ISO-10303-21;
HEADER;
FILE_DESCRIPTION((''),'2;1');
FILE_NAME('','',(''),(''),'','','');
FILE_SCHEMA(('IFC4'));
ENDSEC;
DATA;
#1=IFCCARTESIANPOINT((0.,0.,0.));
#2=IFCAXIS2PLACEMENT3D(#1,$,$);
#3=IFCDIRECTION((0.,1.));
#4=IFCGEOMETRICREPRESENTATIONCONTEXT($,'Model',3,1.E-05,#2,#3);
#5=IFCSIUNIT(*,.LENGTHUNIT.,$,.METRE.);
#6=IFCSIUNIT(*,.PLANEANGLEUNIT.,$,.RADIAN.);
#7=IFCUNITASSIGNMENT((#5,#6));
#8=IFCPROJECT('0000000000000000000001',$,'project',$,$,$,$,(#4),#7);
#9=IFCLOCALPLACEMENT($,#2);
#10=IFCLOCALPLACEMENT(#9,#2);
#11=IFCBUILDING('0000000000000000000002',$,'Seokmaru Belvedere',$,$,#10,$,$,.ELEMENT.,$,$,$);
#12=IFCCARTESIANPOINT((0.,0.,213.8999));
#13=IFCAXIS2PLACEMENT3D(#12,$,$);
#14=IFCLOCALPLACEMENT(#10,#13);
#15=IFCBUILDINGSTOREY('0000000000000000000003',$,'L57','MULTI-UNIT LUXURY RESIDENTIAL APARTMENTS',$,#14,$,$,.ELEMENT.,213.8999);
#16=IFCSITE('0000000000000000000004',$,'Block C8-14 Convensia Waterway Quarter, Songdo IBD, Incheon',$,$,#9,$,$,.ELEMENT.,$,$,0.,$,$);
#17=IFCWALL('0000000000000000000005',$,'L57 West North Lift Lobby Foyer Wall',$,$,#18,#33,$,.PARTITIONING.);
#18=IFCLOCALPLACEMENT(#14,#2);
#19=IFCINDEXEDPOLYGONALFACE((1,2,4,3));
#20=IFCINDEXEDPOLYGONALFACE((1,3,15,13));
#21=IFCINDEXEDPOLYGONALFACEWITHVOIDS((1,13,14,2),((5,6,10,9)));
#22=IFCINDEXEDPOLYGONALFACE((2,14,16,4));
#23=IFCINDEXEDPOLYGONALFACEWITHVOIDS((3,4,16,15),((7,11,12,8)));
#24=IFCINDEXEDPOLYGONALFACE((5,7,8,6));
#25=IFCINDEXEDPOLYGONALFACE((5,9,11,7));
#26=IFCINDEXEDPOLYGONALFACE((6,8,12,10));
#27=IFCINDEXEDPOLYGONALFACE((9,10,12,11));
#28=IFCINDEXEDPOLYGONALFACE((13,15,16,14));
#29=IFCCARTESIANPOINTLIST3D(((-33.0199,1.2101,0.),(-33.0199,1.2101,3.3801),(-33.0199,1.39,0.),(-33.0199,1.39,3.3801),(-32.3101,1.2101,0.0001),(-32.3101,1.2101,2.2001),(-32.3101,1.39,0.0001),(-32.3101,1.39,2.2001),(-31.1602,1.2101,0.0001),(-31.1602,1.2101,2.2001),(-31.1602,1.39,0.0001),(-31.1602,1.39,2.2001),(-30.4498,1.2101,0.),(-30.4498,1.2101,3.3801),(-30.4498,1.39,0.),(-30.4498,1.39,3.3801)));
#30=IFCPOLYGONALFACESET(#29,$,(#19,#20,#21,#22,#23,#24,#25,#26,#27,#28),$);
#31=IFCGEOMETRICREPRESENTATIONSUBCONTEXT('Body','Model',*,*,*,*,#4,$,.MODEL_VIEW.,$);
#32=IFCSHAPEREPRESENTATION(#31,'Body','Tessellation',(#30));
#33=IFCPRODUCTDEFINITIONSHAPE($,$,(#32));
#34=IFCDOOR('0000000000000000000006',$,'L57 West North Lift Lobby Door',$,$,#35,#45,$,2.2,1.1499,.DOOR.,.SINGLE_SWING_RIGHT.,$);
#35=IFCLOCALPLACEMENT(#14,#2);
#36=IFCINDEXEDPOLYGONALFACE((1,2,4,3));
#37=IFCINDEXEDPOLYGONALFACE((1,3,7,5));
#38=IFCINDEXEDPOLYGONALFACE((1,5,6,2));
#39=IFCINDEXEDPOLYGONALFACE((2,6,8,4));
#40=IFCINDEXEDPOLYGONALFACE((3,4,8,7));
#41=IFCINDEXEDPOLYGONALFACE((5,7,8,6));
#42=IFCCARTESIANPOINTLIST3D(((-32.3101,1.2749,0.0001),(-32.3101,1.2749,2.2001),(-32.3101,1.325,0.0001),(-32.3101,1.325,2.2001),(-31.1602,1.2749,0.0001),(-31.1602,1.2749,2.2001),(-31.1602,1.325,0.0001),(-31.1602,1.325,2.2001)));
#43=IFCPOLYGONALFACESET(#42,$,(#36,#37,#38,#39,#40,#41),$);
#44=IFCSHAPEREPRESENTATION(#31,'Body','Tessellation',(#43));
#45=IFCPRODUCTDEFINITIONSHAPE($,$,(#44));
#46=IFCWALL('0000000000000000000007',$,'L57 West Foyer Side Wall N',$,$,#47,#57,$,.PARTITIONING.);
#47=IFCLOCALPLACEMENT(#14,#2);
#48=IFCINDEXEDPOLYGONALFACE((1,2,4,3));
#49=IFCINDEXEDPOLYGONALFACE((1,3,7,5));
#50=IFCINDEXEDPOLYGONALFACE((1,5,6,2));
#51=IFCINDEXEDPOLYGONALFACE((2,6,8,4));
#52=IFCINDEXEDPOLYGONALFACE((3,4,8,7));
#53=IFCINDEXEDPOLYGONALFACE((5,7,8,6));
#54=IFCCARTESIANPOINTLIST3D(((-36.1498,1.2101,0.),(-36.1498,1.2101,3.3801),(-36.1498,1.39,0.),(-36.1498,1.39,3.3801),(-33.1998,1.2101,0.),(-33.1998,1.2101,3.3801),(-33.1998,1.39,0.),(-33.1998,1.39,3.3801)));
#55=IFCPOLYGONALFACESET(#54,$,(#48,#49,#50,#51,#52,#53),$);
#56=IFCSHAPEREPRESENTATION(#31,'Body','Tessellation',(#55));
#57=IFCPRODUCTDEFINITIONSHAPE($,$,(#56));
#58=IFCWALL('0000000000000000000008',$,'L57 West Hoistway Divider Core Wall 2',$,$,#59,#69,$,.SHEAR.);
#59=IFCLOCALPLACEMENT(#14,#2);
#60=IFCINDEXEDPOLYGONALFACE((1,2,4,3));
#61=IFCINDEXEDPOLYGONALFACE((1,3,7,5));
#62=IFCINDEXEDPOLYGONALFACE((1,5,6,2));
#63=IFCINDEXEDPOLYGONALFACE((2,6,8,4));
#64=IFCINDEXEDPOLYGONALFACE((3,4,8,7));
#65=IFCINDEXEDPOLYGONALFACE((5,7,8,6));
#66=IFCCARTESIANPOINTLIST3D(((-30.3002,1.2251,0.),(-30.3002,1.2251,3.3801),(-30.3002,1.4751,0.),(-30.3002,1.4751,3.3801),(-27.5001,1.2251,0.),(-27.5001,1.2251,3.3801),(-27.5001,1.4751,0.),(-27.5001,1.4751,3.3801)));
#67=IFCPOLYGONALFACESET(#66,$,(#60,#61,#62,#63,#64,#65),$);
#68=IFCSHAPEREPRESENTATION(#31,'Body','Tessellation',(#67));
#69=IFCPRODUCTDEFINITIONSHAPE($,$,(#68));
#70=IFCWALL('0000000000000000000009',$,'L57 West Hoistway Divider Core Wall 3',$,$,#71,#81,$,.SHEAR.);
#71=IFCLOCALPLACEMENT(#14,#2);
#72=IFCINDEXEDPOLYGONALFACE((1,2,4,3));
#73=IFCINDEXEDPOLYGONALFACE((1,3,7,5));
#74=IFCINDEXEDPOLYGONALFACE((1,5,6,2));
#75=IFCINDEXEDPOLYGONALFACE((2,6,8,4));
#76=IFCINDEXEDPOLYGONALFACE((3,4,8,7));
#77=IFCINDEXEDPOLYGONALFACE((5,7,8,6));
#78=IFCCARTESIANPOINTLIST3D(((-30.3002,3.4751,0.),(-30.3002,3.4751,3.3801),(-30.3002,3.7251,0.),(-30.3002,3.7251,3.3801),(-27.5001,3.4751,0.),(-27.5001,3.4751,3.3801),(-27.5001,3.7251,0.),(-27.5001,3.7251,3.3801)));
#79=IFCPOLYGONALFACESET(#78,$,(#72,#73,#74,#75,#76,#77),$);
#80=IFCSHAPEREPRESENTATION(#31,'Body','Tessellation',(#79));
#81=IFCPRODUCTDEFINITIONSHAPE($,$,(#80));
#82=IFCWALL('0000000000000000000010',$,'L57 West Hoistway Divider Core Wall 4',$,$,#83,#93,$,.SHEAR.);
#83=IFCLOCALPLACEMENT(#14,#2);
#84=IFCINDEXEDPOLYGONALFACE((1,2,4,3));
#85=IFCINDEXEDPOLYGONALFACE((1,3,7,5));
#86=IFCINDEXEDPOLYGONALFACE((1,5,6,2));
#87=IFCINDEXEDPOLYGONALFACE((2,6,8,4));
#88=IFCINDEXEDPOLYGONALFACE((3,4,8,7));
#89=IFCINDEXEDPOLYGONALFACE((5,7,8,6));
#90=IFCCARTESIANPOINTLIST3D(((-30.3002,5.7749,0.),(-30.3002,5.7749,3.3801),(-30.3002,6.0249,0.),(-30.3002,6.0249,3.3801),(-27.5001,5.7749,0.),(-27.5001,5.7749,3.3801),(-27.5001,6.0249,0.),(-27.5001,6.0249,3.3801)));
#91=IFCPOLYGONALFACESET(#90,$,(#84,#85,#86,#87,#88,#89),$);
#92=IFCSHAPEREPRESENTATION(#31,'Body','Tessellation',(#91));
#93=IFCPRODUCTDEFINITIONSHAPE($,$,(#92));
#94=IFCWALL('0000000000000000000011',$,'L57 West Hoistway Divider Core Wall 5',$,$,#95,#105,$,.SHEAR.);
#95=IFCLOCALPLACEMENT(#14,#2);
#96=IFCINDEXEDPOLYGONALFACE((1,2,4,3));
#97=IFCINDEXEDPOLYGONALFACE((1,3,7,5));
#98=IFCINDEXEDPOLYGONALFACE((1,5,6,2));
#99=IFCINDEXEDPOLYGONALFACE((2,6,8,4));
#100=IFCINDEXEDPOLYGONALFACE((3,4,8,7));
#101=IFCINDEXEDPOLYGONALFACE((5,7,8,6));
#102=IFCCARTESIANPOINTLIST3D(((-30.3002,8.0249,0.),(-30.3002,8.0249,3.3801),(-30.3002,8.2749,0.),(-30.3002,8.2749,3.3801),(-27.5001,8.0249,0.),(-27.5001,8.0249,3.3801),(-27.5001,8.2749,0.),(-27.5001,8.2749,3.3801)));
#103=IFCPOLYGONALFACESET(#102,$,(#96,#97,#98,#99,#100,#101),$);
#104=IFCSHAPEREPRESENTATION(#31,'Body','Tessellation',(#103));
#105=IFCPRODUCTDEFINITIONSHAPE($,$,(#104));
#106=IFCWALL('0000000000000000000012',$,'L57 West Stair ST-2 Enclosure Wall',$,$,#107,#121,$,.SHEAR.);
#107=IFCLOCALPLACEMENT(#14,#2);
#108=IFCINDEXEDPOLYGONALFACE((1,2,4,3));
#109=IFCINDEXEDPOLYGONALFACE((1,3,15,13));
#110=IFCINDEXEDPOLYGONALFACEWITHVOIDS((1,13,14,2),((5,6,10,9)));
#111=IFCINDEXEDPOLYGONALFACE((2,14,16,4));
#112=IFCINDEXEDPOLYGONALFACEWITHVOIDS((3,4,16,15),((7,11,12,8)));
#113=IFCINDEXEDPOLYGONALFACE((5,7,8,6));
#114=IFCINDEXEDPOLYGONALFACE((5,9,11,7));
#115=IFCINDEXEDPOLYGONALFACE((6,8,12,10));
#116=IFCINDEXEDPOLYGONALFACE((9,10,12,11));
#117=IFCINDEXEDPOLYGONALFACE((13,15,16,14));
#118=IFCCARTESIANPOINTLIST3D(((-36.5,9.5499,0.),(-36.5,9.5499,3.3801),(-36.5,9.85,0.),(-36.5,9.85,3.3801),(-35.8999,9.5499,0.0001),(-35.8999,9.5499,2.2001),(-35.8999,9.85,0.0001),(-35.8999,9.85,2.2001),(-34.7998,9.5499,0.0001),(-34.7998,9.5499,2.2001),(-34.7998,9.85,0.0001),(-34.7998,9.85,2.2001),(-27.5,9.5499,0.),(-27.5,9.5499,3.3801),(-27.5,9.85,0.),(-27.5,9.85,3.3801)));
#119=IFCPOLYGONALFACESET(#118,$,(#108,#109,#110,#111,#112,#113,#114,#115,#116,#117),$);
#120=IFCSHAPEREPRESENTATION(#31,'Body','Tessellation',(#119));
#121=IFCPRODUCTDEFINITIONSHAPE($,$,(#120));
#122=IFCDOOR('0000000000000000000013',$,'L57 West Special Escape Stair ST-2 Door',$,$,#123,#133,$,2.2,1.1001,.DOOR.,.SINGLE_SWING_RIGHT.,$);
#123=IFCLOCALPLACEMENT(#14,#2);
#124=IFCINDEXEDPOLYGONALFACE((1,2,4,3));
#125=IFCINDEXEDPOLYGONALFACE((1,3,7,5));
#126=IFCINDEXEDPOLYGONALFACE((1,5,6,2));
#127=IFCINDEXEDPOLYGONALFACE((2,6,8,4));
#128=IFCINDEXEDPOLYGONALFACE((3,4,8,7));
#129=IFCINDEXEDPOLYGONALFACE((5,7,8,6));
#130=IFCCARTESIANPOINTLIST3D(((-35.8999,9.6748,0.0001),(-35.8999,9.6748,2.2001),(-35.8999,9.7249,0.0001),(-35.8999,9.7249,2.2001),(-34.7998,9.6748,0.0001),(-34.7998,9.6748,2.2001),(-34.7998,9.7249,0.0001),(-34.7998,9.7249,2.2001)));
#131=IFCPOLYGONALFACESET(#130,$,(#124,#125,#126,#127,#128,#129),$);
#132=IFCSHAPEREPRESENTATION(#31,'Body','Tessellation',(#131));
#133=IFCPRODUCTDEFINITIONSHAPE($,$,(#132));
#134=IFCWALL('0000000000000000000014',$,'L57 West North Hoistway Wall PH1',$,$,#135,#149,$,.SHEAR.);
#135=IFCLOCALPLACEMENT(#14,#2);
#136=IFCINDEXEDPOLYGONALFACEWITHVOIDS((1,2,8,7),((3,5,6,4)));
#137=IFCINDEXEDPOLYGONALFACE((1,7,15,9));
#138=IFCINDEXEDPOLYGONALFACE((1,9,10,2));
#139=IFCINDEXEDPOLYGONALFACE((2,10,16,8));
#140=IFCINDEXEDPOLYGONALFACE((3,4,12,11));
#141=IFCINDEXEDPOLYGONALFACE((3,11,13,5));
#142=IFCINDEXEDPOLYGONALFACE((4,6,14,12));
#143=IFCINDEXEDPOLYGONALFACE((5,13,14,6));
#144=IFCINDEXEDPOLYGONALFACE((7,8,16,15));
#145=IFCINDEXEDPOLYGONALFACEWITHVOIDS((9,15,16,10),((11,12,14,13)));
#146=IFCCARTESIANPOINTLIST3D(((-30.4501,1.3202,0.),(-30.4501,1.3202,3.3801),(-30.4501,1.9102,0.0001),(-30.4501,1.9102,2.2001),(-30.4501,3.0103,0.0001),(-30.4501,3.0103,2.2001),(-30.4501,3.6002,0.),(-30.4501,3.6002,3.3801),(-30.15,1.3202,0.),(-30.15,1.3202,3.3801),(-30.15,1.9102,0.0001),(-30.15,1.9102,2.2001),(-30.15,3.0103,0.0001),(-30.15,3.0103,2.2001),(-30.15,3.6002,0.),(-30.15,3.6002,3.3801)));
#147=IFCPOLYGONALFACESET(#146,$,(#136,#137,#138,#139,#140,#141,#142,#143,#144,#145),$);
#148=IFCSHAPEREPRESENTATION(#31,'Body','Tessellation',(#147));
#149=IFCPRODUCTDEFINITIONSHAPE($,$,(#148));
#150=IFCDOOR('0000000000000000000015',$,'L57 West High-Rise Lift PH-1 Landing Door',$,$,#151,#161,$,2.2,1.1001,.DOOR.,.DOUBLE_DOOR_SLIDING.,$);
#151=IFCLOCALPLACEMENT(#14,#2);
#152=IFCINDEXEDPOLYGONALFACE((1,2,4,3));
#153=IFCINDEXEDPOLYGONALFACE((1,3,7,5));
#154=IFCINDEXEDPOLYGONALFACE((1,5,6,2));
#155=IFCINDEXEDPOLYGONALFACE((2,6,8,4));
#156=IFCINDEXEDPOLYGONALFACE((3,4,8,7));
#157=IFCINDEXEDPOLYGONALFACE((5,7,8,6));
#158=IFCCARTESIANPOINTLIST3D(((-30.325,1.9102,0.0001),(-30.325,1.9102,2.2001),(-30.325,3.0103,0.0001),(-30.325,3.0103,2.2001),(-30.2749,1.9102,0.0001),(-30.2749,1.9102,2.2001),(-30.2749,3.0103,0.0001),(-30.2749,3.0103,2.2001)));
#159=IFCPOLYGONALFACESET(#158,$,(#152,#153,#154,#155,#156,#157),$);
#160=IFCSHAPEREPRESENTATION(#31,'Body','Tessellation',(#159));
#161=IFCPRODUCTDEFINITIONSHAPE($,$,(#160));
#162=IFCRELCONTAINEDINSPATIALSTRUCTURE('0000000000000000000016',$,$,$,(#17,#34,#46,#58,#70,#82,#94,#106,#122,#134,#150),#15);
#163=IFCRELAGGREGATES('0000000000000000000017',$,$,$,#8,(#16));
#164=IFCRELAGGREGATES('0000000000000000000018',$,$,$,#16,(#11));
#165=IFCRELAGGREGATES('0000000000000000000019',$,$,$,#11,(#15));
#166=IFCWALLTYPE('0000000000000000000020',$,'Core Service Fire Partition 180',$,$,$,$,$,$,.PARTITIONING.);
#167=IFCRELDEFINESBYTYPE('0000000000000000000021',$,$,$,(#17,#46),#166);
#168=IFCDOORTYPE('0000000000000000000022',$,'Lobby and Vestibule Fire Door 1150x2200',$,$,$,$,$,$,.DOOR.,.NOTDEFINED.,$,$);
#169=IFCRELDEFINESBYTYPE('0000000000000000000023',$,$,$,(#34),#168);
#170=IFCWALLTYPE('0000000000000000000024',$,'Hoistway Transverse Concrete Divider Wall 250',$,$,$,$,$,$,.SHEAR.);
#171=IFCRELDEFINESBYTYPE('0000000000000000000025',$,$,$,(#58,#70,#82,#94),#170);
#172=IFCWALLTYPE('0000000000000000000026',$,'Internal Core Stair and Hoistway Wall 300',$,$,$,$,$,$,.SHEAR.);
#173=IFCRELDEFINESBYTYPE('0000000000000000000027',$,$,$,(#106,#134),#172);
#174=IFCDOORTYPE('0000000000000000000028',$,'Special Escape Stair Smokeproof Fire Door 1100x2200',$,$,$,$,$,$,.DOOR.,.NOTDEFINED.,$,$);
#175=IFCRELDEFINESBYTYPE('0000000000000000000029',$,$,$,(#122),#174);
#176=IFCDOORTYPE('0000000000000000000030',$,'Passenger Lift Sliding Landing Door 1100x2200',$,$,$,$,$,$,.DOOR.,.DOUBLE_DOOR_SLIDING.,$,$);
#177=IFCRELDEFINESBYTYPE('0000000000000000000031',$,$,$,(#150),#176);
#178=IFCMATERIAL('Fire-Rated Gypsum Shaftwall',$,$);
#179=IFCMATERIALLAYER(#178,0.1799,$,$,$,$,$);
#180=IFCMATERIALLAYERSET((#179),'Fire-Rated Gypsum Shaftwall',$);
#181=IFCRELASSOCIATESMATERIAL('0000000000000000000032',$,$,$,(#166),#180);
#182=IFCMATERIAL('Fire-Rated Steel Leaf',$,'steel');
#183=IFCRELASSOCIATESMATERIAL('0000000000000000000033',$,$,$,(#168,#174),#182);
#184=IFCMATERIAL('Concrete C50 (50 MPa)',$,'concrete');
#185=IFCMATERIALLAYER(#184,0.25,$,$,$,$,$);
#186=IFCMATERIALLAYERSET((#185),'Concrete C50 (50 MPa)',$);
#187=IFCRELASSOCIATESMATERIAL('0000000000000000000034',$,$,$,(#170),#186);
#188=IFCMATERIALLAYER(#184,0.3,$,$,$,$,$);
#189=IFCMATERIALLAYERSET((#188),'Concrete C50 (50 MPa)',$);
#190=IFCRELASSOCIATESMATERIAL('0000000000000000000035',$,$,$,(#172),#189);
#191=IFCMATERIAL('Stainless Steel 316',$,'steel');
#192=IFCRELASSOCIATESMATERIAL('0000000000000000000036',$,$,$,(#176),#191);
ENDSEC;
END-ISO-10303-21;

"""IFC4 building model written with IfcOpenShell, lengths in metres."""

from ifc_helpers import new_model, si_unit, direction, frame, frame_2d, origin, place, context, subcontext, project, spatial, rectangle, extrude, source, transform, mapped, material, layer, layer_set, type_object, type_shapes, element, fill, save


model = new_model("IFC4")

# Units and contexts
model_context = context("Model", 3, precision=1e-05, world=origin(), true_north=direction((0.0, 1.0)))
body_context = subcontext(model_context, "Body", "Model", "MODEL_VIEW")
ifc_project = project(units=[si_unit("LENGTHUNIT", "METRE"), si_unit("PLANEANGLEUNIT", "RADIAN")], contexts=[model_context])

# Site, building, storey
site_placement = place(None, origin())
site = spatial("IfcSite", under=ifc_project, at=site_placement, Name="Block C8-14 Convensia Waterway Quarter, Songdo IBD, Incheon", CompositionType="ELEMENT", RefElevation=0.0)
building_placement = place(site_placement, origin())
building = spatial("IfcBuilding", under=site, at=building_placement, Name="Seokmaru Belvedere", CompositionType="ELEMENT")
storey_placement = place(building_placement, frame((0.0, 0.0, 213.8999)))
storey = spatial("IfcBuildingStorey", under=building, at=storey_placement, Name="L57", Description="MULTI-UNIT LUXURY RESIDENTIAL APARTMENTS", CompositionType="ELEMENT", Elevation=213.8999)

# Shared definitions
ifc_material_1 = material(Name="Fire-Rated Gypsum Shaftwall")
ifc_layer_1 = layer(ifc_material_1, 0.1799)
ifc_layer_set_1 = layer_set([ifc_layer_1], Name="Fire-Rated Gypsum Shaftwall")
wall_type_1 = type_object("IfcWallType", Name="Core Service Fire Partition 180", PredefinedType="PARTITIONING", material=ifc_layer_set_1)

# Wall, opening, door
wall_1_placement = place(storey_placement, frame((-33.02, 1.3, 0.0), z_axis=(0.0, 0.0, 1.0), x_axis=(1.0, 0.0, 0.0)))
wall_1 = element("IfcWall", 1, at=wall_1_placement, inside=storey, type_object=wall_type_1, Name="L57 West North Lift Lobby Foyer Wall", PredefinedType="PARTITIONING", context=body_context, shape_type="SweptSolid", body=[
    extrude(rectangle(XDim=2.5701, YDim=0.1799, at=frame_2d((1.2852, 0.0))), origin(), (0.0, 0.0, 1.0), 3.3801),
])
opening_1_placement = place(wall_1_placement, frame((0.71, 0.0, 0.0)))
opening_1 = element("IfcOpeningElement", 2, at=opening_1_placement, cuts=wall_1, PredefinedType="OPENING", context=body_context, shape_type="SweptSolid", body=[
    extrude(rectangle(XDim=1.1499, YDim=2.2, at=frame_2d((0.575, 1.1001))), frame((0.0, 0.1001, 0.0), z_axis=(0.0, -1.0, 0.0), x_axis=(1.0, 0.0, 0.0)), (0.0, 0.0, 1.0), 0.2),
])
ifc_material_2 = material(Name="Fire-Rated Steel Leaf", Category="steel")
door_type_1 = type_object("IfcDoorType", Name="Lobby and Vestibule Fire Door 1150x2200", OperationType="NOTDEFINED", PredefinedType="DOOR", material=ifc_material_2)
shared_shape_1 = source(origin(), body_context, "Body", "SweptSolid", [
    extrude(rectangle(XDim=1.1499, YDim=2.2, at=frame_2d((0.575, 1.1001))), frame((0.0, 0.0249, 0.0), z_axis=(0.0, -1.0, 0.0), x_axis=(1.0, 0.0, 0.0)), (0.0, 0.0, 1.0), 0.05),
])
type_shapes(door_type_1, [shared_shape_1])
door_1_placement = place(opening_1_placement, origin())
door_1 = element("IfcDoor", 3, at=door_1_placement, inside=storey, type_object=door_type_1, Name="L57 West North Lift Lobby Door", OperationType="SINGLE_SWING_RIGHT", OverallHeight=2.2, OverallWidth=1.1499, PredefinedType="DOOR", context=body_context, shape_type="MappedRepresentation", body=[
    mapped(shared_shape_1, transform((0.0, 0.0, 0.0), scale=1.0)),
])
fill(opening_1, door_1)

# Walls
wall_2_placement = place(storey_placement, frame((-36.1499, 1.3, 0.0), z_axis=(0.0, 0.0, 1.0), x_axis=(1.0, 0.0, 0.0)))
element("IfcWall", 4, at=wall_2_placement, inside=storey, type_object=wall_type_1, Name="L57 West Foyer Side Wall N", PredefinedType="PARTITIONING", context=body_context, shape_type="SweptSolid", body=[
    extrude(rectangle(XDim=2.95, YDim=0.1799, at=frame_2d((1.4751, 0.0))), origin(), (0.0, 0.0, 1.0), 3.3801),
])
ifc_material_3 = material(Name="Concrete C50 (50 MPa)", Category="concrete")
ifc_layer_2 = layer(ifc_material_3, 0.25)
ifc_layer_set_2 = layer_set([ifc_layer_2], Name="Concrete C50 (50 MPa)")
wall_type_2 = type_object("IfcWallType", Name="Hoistway Transverse Concrete Divider Wall 250", PredefinedType="SHEAR", material=ifc_layer_set_2)
for number, where, z_axis, x_axis, name in (
    (5, (-30.3, 1.3501, 0.0), (0.0, 0.0, 1.0), (1.0, 0.0, 0.0), "L57 West Hoistway Divider Core Wall 2"),
    (6, (-30.3, 3.6001, 0.0), (0.0, 0.0, 1.0), (1.0, 0.0, 0.0), "L57 West Hoistway Divider Core Wall 3"),
    (7, (-30.3, 5.8999, 0.0), (0.0, 0.0, 1.0), (1.0, 0.0, 0.0), "L57 West Hoistway Divider Core Wall 4"),
    (8, (-30.3, 8.1499, 0.0), (0.0, 0.0, 1.0), (1.0, 0.0, 0.0), "L57 West Hoistway Divider Core Wall 5"),
):
    element("IfcWall", number, at=place(storey_placement, frame(where, z_axis=z_axis, x_axis=x_axis)), inside=storey, type_object=wall_type_2, Name=name, PredefinedType="SHEAR", context=body_context, shape_type="SweptSolid", body=[
        extrude(rectangle(XDim=2.8, YDim=0.25, at=frame_2d((1.3999, 0.0))), origin(), (0.0, 0.0, 1.0), 3.3801),
    ])

# Walls, openings, doors
ifc_layer_3 = layer(ifc_material_3, 0.3)
ifc_layer_set_3 = layer_set([ifc_layer_3], Name="Concrete C50 (50 MPa)")
wall_type_3 = type_object("IfcWallType", Name="Internal Core Stair and Hoistway Wall 300", PredefinedType="SHEAR", material=ifc_layer_set_3)
wall_3_placement = place(storey_placement, frame((-36.5, 9.7, 0.0), z_axis=(0.0, 0.0, 1.0), x_axis=(1.0, 0.0, 0.0)))
wall_3 = element("IfcWall", 9, at=wall_3_placement, inside=storey, type_object=wall_type_3, Name="L57 West Stair ST-2 Enclosure Wall", PredefinedType="SHEAR", context=body_context, shape_type="SweptSolid", body=[
    extrude(rectangle(XDim=9.0, YDim=0.3, at=frame_2d((4.5, 0.0))), origin(), (0.0, 0.0, 1.0), 3.3801),
])
opening_2_placement = place(wall_3_placement, frame((0.6001, 0.0, 0.0)))
opening_2 = element("IfcOpeningElement", 10, at=opening_2_placement, cuts=wall_3, PredefinedType="OPENING", context=body_context, shape_type="SweptSolid", body=[
    extrude(rectangle(XDim=1.1001, YDim=2.2, at=frame_2d((0.55, 1.1001))), frame((0.0, 0.1602, 0.0), z_axis=(0.0, -1.0, 0.0), x_axis=(1.0, 0.0, 0.0)), (0.0, 0.0, 1.0), 0.3201),
])
door_type_2 = type_object("IfcDoorType", Name="Special Escape Stair Smokeproof Fire Door 1100x2200", OperationType="NOTDEFINED", PredefinedType="DOOR", material=ifc_material_2)
shared_shape_2 = source(origin(), body_context, "Body", "SweptSolid", [
    extrude(rectangle(XDim=1.1001, YDim=2.2, at=frame_2d((0.55, 1.1001))), frame((0.0, 0.0249, 0.0), z_axis=(0.0, -1.0, 0.0), x_axis=(1.0, 0.0, 0.0)), (0.0, 0.0, 1.0), 0.05),
])
type_shapes(door_type_2, [shared_shape_2])
door_2_placement = place(opening_2_placement, origin())
door_2 = element("IfcDoor", 11, at=door_2_placement, inside=storey, type_object=door_type_2, Name="L57 West Special Escape Stair ST-2 Door", OperationType="SINGLE_SWING_RIGHT", OverallHeight=2.2, OverallWidth=1.1001, PredefinedType="DOOR", context=body_context, shape_type="MappedRepresentation", body=[
    mapped(shared_shape_2, transform((0.0, 0.0, 0.0), scale=1.0)),
])
fill(opening_2, door_2)
wall_4_placement = place(storey_placement, frame((-30.3, 1.3201, 0.0), z_axis=(0.0, 0.0, 1.0), x_axis=(0.0, 1.0, 0.0)))
wall_4 = element("IfcWall", 12, at=wall_4_placement, inside=storey, type_object=wall_type_3, Name="L57 West North Hoistway Wall PH1", PredefinedType="SHEAR", context=body_context, shape_type="SweptSolid", body=[
    extrude(rectangle(XDim=2.28, YDim=0.3, at=frame_2d((1.1401, 0.0))), origin(), (0.0, 0.0, 1.0), 3.3801),
])
opening_3_placement = place(wall_4_placement, frame((0.5901, 0.0, 0.0)))
opening_3 = element("IfcOpeningElement", 13, at=opening_3_placement, cuts=wall_4, PredefinedType="OPENING", context=body_context, shape_type="SweptSolid", body=[
    extrude(rectangle(XDim=1.1001, YDim=2.2, at=frame_2d((0.55, 1.1001))), frame((0.0, 0.1602, 0.0), z_axis=(0.0, -1.0, 0.0), x_axis=(1.0, 0.0, 0.0)), (0.0, 0.0, 1.0), 0.3201),
])
ifc_material_4 = material(Name="Stainless Steel 316", Category="steel")
door_type_3 = type_object("IfcDoorType", Name="Passenger Lift Sliding Landing Door 1100x2200", OperationType="DOUBLE_DOOR_SLIDING", PredefinedType="DOOR", material=ifc_material_4)
shared_shape_3 = source(origin(), body_context, "Body", "SweptSolid", [
    extrude(rectangle(XDim=1.1001, YDim=2.2, at=frame_2d((0.55, 1.1001))), frame((0.0, 0.0249, 0.0), z_axis=(0.0, -1.0, 0.0), x_axis=(1.0, 0.0, 0.0)), (0.0, 0.0, 1.0), 0.05),
])
type_shapes(door_type_3, [shared_shape_3])
door_3_placement = place(opening_3_placement, origin())
door_3 = element("IfcDoor", 14, at=door_3_placement, inside=storey, type_object=door_type_3, Name="L57 West High-Rise Lift PH-1 Landing Door", OperationType="DOUBLE_DOOR_SLIDING", OverallHeight=2.2, OverallWidth=1.1001, PredefinedType="DOOR", context=body_context, shape_type="MappedRepresentation", body=[
    mapped(shared_shape_3, transform((0.0, 0.0, 0.0), scale=1.0)),
])
fill(opening_3, door_3)

save(model, "model.ifc")
